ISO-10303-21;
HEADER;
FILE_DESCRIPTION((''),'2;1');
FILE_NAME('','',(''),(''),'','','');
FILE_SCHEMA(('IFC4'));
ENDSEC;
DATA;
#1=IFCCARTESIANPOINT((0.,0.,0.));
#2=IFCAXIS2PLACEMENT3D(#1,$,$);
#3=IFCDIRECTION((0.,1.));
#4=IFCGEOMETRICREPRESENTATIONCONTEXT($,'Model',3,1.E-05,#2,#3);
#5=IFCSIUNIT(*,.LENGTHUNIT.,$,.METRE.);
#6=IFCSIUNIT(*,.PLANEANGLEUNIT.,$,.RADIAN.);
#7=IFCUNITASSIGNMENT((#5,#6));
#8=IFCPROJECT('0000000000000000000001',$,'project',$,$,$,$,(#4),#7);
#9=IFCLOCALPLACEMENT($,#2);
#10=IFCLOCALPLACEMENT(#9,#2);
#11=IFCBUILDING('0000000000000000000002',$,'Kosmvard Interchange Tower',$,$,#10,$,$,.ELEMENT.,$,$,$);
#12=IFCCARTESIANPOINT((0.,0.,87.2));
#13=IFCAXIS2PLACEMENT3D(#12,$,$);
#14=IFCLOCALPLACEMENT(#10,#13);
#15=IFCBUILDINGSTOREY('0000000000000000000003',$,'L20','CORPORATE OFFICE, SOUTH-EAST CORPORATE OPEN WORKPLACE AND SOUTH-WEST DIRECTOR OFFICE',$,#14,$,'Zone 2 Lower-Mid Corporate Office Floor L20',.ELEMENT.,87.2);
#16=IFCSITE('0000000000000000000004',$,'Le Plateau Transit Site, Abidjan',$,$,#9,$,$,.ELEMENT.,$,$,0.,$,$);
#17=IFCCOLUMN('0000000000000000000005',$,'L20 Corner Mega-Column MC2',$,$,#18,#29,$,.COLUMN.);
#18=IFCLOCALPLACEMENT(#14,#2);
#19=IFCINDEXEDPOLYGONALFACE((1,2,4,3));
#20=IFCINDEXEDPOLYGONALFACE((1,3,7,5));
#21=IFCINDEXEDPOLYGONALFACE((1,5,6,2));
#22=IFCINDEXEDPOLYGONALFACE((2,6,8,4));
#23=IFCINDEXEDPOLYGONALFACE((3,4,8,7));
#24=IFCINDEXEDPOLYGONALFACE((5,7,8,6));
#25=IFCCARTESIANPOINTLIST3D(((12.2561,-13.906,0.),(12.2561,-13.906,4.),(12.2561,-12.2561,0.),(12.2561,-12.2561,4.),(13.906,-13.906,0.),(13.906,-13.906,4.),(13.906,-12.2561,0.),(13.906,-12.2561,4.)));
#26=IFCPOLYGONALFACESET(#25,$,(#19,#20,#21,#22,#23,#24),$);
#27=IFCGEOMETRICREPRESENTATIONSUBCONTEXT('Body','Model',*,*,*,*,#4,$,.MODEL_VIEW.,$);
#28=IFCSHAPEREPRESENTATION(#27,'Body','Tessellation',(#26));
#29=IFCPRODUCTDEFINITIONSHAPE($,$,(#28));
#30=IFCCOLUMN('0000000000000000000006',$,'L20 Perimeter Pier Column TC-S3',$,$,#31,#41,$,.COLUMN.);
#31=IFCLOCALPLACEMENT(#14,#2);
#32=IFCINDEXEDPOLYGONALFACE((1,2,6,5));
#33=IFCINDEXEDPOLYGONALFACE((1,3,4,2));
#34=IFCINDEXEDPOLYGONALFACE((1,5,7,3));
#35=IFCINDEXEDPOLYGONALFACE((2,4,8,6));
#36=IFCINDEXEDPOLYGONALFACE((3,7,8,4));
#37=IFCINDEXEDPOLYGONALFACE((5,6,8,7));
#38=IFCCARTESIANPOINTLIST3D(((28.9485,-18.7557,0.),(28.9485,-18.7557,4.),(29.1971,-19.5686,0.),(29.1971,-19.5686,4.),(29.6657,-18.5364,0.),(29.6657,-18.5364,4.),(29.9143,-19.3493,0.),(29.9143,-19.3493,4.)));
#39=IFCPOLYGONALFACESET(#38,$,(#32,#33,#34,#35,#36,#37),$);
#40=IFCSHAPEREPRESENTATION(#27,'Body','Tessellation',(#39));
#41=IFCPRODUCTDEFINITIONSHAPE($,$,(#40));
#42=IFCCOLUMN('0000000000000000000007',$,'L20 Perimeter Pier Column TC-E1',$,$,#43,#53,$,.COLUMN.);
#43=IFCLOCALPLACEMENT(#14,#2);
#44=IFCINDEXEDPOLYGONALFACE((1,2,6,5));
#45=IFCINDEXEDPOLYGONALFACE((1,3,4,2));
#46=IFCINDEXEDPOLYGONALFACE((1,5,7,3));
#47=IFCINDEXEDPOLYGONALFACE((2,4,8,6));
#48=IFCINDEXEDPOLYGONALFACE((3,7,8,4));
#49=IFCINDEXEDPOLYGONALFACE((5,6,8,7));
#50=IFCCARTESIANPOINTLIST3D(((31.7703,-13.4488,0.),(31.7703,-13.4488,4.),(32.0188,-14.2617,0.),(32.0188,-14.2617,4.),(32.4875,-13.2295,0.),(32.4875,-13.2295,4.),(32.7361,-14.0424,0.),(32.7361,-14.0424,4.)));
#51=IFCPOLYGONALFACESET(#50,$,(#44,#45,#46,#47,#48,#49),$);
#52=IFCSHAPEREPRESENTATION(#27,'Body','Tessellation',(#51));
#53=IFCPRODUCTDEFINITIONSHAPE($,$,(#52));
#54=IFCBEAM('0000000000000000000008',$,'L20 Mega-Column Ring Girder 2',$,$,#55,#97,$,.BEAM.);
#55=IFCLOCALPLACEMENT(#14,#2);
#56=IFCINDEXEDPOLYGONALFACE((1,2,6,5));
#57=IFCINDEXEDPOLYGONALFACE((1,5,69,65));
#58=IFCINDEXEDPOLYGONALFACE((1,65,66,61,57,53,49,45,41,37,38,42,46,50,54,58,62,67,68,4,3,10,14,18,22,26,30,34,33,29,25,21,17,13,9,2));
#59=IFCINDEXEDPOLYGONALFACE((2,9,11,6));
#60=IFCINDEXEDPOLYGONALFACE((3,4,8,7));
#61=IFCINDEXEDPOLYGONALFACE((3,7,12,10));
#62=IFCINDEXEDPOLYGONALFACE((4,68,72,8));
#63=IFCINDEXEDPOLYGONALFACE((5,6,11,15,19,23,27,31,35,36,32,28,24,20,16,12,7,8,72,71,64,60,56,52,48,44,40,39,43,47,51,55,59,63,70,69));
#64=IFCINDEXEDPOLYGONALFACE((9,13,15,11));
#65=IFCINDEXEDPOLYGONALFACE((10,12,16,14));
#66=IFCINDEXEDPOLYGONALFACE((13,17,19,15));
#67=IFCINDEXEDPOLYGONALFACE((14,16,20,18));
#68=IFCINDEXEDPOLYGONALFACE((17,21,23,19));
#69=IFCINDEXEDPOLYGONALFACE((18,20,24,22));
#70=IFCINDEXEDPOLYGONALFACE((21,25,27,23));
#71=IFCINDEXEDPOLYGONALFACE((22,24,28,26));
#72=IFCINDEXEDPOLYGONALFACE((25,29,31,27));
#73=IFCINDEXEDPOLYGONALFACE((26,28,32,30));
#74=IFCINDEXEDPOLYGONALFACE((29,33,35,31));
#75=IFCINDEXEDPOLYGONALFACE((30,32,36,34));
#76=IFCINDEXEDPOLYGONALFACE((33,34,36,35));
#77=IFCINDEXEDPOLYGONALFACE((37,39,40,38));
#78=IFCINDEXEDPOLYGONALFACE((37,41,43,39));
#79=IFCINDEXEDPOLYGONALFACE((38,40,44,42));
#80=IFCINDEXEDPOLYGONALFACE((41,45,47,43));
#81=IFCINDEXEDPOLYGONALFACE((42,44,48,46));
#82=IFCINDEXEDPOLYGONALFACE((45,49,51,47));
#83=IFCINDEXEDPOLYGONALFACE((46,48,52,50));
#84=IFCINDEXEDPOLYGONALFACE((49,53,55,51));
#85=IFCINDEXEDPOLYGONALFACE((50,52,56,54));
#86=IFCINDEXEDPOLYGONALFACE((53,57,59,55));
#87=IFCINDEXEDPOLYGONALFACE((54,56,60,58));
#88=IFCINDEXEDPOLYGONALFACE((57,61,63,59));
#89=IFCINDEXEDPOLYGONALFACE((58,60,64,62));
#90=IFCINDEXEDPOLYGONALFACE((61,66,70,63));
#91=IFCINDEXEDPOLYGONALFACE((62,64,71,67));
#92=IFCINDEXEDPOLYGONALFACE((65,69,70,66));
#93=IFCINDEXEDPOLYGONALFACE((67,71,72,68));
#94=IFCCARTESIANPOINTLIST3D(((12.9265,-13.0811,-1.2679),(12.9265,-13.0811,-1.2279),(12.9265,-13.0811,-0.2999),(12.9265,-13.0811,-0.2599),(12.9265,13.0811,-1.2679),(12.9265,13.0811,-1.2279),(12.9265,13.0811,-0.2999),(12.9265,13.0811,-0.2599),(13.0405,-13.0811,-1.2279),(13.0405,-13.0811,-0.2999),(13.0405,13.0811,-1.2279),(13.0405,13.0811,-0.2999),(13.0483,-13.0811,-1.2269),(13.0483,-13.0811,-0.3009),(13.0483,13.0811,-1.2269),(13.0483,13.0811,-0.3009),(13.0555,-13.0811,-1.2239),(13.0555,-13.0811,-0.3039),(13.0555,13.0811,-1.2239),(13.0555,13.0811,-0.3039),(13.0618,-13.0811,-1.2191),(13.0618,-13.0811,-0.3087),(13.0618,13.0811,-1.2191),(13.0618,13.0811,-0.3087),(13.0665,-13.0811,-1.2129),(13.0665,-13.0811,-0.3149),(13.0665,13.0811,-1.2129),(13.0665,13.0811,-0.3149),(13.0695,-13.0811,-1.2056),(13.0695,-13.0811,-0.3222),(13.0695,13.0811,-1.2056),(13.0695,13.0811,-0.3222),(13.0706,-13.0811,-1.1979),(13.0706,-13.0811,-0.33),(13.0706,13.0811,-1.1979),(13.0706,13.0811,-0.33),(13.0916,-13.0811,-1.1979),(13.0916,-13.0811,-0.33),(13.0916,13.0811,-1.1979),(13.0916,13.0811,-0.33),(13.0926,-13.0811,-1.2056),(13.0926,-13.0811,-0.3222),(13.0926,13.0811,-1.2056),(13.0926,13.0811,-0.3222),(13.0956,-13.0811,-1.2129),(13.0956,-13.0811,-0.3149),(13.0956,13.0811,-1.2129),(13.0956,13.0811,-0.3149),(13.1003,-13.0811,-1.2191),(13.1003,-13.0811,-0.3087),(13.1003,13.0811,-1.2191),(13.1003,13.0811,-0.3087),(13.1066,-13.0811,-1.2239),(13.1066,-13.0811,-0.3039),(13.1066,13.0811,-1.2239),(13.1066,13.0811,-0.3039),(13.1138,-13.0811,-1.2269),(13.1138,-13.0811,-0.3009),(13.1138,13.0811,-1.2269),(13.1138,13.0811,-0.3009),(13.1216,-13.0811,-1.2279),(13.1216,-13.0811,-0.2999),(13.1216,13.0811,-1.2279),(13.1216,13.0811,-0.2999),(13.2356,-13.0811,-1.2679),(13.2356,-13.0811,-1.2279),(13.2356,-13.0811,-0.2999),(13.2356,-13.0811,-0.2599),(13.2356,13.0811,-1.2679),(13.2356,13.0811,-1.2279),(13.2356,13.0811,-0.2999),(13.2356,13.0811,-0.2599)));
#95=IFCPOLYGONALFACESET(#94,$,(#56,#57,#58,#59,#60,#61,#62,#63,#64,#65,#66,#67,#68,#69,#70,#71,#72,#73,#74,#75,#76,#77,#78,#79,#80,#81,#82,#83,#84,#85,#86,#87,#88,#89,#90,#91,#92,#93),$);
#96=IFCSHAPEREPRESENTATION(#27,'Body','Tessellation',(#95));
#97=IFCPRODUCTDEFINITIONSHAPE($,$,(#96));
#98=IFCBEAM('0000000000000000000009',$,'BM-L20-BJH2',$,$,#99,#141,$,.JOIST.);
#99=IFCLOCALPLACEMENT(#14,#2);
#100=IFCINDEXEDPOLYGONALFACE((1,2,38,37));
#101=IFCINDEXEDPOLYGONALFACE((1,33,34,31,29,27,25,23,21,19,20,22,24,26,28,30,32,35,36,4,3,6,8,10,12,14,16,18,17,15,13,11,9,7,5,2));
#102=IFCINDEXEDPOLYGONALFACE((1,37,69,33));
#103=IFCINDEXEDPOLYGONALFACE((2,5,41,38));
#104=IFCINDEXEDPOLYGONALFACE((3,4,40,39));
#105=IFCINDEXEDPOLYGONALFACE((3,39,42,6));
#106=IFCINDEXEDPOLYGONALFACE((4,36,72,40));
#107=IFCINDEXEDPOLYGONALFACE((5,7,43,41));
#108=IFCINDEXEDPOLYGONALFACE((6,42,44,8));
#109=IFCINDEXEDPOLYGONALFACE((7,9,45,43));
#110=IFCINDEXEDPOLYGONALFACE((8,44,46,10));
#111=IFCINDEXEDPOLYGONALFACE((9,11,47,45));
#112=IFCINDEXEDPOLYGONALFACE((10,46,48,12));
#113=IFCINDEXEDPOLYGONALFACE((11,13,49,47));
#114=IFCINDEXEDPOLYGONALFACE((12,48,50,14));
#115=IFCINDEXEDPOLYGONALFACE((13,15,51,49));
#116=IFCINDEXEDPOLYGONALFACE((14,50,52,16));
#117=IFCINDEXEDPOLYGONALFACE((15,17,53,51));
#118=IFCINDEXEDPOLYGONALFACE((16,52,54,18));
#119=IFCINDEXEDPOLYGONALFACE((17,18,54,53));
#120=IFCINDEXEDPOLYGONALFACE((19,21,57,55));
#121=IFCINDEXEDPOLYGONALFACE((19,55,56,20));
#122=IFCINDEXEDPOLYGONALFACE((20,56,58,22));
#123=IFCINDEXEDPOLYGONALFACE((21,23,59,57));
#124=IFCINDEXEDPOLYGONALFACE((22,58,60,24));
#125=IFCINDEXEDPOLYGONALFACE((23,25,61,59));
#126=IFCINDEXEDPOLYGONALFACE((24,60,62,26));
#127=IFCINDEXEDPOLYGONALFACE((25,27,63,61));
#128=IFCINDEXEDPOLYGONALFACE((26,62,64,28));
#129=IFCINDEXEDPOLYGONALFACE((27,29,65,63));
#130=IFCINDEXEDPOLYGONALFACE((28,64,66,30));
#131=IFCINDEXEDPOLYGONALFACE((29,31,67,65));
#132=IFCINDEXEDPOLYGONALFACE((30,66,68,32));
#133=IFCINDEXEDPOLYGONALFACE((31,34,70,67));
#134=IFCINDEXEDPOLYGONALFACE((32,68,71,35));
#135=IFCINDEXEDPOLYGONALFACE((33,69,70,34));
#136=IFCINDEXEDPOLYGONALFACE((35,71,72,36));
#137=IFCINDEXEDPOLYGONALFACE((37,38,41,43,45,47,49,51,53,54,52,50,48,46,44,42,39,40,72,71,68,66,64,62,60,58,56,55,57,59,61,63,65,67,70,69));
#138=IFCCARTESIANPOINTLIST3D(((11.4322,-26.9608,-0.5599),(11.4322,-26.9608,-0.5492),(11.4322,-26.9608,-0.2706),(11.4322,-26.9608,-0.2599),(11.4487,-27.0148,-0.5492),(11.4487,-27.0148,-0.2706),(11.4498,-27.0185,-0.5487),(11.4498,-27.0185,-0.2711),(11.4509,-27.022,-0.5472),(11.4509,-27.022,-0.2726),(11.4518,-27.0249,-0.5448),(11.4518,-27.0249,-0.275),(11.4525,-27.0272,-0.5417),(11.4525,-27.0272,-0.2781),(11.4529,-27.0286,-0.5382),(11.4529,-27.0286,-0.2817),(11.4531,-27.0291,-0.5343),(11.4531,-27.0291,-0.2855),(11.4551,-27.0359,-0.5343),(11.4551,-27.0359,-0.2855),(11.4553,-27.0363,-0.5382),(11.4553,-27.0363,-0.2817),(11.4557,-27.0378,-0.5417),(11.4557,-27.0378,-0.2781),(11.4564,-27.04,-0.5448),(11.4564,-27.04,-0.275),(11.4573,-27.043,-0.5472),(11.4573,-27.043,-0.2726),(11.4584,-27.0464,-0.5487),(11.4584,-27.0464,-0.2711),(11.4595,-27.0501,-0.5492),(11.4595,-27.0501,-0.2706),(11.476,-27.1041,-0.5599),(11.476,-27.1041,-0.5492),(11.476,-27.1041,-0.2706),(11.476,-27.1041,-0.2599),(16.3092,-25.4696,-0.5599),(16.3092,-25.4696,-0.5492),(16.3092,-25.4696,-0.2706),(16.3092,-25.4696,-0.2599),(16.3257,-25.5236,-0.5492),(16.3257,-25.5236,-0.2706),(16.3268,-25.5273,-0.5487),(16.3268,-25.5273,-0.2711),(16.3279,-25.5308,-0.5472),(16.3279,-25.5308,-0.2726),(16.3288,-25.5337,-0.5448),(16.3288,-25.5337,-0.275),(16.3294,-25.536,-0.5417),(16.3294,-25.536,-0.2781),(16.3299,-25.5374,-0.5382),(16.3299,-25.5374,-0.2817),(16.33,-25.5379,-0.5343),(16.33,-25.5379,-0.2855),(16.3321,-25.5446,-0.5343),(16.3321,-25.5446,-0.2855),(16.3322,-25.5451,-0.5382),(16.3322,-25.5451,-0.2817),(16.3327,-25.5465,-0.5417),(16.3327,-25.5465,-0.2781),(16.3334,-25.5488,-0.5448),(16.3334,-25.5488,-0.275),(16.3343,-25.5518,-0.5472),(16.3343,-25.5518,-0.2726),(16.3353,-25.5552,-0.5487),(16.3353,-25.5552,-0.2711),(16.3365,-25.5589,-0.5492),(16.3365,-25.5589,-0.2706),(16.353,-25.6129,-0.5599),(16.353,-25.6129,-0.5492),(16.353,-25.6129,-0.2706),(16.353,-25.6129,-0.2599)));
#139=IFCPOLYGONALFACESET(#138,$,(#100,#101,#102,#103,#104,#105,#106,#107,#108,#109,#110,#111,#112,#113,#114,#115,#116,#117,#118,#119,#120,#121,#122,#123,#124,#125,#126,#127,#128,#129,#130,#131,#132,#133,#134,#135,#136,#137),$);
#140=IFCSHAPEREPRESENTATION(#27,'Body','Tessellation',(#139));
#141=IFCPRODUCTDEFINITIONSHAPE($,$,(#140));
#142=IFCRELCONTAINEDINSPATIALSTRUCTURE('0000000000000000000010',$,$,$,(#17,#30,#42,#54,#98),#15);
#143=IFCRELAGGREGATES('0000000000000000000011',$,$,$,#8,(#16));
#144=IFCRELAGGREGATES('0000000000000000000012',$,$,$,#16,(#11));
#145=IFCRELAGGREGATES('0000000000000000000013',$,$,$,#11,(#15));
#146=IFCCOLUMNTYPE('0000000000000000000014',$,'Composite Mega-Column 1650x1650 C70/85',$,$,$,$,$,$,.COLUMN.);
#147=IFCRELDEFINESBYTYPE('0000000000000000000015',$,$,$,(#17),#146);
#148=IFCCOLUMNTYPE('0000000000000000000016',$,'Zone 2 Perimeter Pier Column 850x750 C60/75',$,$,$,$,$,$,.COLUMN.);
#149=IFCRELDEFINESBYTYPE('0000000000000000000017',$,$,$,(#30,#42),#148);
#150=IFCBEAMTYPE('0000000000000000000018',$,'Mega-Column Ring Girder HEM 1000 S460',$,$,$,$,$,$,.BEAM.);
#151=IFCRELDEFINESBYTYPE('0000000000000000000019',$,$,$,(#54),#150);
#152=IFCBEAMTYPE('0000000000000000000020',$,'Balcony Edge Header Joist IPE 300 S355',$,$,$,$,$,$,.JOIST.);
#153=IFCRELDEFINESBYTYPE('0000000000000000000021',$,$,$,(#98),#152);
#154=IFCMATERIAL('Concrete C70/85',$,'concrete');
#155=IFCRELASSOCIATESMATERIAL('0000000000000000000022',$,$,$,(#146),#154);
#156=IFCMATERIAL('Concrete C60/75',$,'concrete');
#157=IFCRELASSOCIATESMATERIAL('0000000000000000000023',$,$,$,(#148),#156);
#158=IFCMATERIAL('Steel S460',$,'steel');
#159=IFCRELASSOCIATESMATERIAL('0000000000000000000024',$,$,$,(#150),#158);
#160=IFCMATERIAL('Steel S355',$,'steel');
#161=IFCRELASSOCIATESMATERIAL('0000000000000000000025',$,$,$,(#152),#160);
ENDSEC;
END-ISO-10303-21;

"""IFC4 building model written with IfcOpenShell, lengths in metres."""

from ifc_helpers import new_model, si_unit, direction, frame, origin, origin_2d, place, context, subcontext, project, spatial, rectangle, i_section, extrude, source, transform, mapped, material, material_profile, profile_set, type_object, element, save


model = new_model("IFC4")

# Units and contexts
model_context = context("Model", 3, precision=1e-05, world=origin(), true_north=direction((0.0, 1.0)))
body_context = subcontext(model_context, "Body", "Model", "MODEL_VIEW")
ifc_project = project(units=[si_unit("LENGTHUNIT", "METRE"), si_unit("PLANEANGLEUNIT", "RADIAN")], contexts=[model_context])

# Site, building, storey
site_placement = place(None, origin())
site = spatial("IfcSite", under=ifc_project, at=site_placement, Name="Le Plateau Transit Site, Abidjan", CompositionType="ELEMENT", RefElevation=0.0)
building_placement = place(site_placement, origin())
building = spatial("IfcBuilding", under=site, at=building_placement, Name="Kosmvard Interchange Tower", CompositionType="ELEMENT")
storey_placement = place(building_placement, frame((0.0, 0.0, 87.2)))
storey = spatial("IfcBuildingStorey", under=building, at=storey_placement, Name="L20", Description="CORPORATE OFFICE, SOUTH-EAST CORPORATE OPEN WORKPLACE AND SOUTH-WEST DIRECTOR OFFICE", LongName="Zone 2 Lower-Mid Corporate Office Floor L20", CompositionType="ELEMENT", Elevation=87.2)

# Columns
ifc_material_1 = material(Name="Concrete C70/85", Category="concrete")
ifc_material_profile_1 = material_profile(ifc_material_1, rectangle(XDim=1.6499, YDim=1.6499, at=origin_2d()), Name="MC 1650x1650")
ifc_profile_set_1 = profile_set([ifc_material_profile_1], Name="Concrete C70/85")
column_type_1 = type_object("IfcColumnType", Name="Composite Mega-Column 1650x1650 C70/85", PredefinedType="COLUMN", material=ifc_profile_set_1)
shared_shape_1 = source(origin(), body_context, "Body", "SweptSolid", [
    extrude(rectangle(XDim=1.6499, YDim=1.6499, at=origin_2d()), origin(), (0.0, 0.0, 1.0), 4.0),
])
column_placement = place(storey_placement, frame((13.0811, -13.0811, 0.0), z_axis=(0.0, 0.0, 1.0), x_axis=(1.0, 0.0, 0.0)))
element("IfcColumn", 1, at=column_placement, inside=storey, type_object=column_type_1, Name="L20 Corner Mega-Column MC2", PredefinedType="COLUMN", context=body_context, shape_type="MappedRepresentation", body=[
    mapped(shared_shape_1, transform((0.0, 0.0, 0.0), scale=1.0)),
])
ifc_material_2 = material(Name="Concrete C60/75", Category="concrete")
ifc_material_profile_2 = material_profile(ifc_material_2, rectangle(XDim=0.75, YDim=0.8501, at=origin_2d()), Name="TC 850x750")
ifc_profile_set_2 = profile_set([ifc_material_profile_2], Name="Concrete C60/75")
column_type_2 = type_object("IfcColumnType", Name="Zone 2 Perimeter Pier Column 850x750 C60/75", PredefinedType="COLUMN", material=ifc_profile_set_2)
shared_shape_2 = source(origin(), body_context, "Body", "SweptSolid", [
    extrude(rectangle(XDim=0.75, YDim=0.8501, at=origin_2d()), origin(), (0.0, 0.0, 1.0), 4.0),
])
for number, where, z_axis, x_axis, name in (
    (2, (29.4314, -19.0525, 0.0), (0.0, 0.0, 1.0), (0.956305, 0.292372, 0.0), "L20 Perimeter Pier Column TC-S3"),
    (3, (32.2532, -13.7456, 0.0), (0.0, 0.0, 1.0), (0.956305, 0.292372, 0.0), "L20 Perimeter Pier Column TC-E1"),
):
    element("IfcColumn", number, at=place(storey_placement, frame(where, z_axis=z_axis, x_axis=x_axis)), inside=storey, type_object=column_type_2, Name=name, PredefinedType="COLUMN", context=body_context, shape_type="MappedRepresentation", body=[
        mapped(shared_shape_2, transform((0.0, 0.0, 0.0), scale=1.0)),
    ])

# Beams
ifc_material_3 = material(Name="Steel S460", Category="steel")
ifc_material_profile_3 = material_profile(ifc_material_3, i_section(OverallWidth=0.3091, OverallDepth=1.0081, WebThickness=0.021, FlangeThickness=0.04, FilletRadius=0.03, at=origin_2d()), Name="HEM 1000")
ifc_profile_set_3 = profile_set([ifc_material_profile_3], Name="Steel S460")
beam_type_1 = type_object("IfcBeamType", Name="Mega-Column Ring Girder HEM 1000 S460", PredefinedType="BEAM", material=ifc_profile_set_3)
shared_shape_3 = source(origin(), body_context, "Body", "SweptSolid", [
    extrude(i_section(OverallWidth=0.3091, OverallDepth=1.0081, WebThickness=0.021, FlangeThickness=0.04, FilletRadius=0.03, at=origin_2d()), origin(), (0.0, 0.0, 1.0), 26.1621),
])
beam_1_placement = place(storey_placement, frame((13.0811, -13.0811, -0.7639), z_axis=(0.0, 1.0, 0.0), x_axis=(-1.0, 0.0, 0.0)))
element("IfcBeam", 4, at=beam_1_placement, inside=storey, type_object=beam_type_1, Name="L20 Mega-Column Ring Girder 2", PredefinedType="BEAM", context=body_context, shape_type="MappedRepresentation", body=[
    mapped(shared_shape_3, transform((0.0, 0.0, 0.0), scale=1.0)),
])
ifc_material_4 = material(Name="Steel S355", Category="steel")
ifc_material_profile_4 = material_profile(ifc_material_4, i_section(OverallWidth=0.1499, OverallDepth=0.3, WebThickness=0.0071, FlangeThickness=0.0107, FilletRadius=0.0149, at=origin_2d()), Name="IPE 300")
ifc_profile_set_4 = profile_set([ifc_material_profile_4], Name="Steel S355")
beam_type_2 = type_object("IfcBeamType", Name="Balcony Edge Header Joist IPE 300 S355", PredefinedType="JOIST", material=ifc_profile_set_4)
shared_shape_4 = source(origin(), body_context, "Body", "SweptSolid", [
    extrude(i_section(OverallWidth=0.1499, OverallDepth=0.3, WebThickness=0.0071, FlangeThickness=0.0107, FilletRadius=0.0149, at=origin_2d()), origin(), (0.0, 0.0, 1.0), 5.0999),
])
beam_2_placement = place(storey_placement, frame((11.4541, -27.0325, -0.4099), z_axis=(0.956295, 0.292403, 0.0), x_axis=(-0.292403, 0.956295, 0.0)))
element("IfcBeam", 5, at=beam_2_placement, inside=storey, type_object=beam_type_2, Name="BM-L20-BJH2", PredefinedType="JOIST", context=body_context, shape_type="MappedRepresentation", body=[
    mapped(shared_shape_4, transform((0.0, 0.0, 0.0), scale=1.0)),
])

save(model, "model.ifc")
